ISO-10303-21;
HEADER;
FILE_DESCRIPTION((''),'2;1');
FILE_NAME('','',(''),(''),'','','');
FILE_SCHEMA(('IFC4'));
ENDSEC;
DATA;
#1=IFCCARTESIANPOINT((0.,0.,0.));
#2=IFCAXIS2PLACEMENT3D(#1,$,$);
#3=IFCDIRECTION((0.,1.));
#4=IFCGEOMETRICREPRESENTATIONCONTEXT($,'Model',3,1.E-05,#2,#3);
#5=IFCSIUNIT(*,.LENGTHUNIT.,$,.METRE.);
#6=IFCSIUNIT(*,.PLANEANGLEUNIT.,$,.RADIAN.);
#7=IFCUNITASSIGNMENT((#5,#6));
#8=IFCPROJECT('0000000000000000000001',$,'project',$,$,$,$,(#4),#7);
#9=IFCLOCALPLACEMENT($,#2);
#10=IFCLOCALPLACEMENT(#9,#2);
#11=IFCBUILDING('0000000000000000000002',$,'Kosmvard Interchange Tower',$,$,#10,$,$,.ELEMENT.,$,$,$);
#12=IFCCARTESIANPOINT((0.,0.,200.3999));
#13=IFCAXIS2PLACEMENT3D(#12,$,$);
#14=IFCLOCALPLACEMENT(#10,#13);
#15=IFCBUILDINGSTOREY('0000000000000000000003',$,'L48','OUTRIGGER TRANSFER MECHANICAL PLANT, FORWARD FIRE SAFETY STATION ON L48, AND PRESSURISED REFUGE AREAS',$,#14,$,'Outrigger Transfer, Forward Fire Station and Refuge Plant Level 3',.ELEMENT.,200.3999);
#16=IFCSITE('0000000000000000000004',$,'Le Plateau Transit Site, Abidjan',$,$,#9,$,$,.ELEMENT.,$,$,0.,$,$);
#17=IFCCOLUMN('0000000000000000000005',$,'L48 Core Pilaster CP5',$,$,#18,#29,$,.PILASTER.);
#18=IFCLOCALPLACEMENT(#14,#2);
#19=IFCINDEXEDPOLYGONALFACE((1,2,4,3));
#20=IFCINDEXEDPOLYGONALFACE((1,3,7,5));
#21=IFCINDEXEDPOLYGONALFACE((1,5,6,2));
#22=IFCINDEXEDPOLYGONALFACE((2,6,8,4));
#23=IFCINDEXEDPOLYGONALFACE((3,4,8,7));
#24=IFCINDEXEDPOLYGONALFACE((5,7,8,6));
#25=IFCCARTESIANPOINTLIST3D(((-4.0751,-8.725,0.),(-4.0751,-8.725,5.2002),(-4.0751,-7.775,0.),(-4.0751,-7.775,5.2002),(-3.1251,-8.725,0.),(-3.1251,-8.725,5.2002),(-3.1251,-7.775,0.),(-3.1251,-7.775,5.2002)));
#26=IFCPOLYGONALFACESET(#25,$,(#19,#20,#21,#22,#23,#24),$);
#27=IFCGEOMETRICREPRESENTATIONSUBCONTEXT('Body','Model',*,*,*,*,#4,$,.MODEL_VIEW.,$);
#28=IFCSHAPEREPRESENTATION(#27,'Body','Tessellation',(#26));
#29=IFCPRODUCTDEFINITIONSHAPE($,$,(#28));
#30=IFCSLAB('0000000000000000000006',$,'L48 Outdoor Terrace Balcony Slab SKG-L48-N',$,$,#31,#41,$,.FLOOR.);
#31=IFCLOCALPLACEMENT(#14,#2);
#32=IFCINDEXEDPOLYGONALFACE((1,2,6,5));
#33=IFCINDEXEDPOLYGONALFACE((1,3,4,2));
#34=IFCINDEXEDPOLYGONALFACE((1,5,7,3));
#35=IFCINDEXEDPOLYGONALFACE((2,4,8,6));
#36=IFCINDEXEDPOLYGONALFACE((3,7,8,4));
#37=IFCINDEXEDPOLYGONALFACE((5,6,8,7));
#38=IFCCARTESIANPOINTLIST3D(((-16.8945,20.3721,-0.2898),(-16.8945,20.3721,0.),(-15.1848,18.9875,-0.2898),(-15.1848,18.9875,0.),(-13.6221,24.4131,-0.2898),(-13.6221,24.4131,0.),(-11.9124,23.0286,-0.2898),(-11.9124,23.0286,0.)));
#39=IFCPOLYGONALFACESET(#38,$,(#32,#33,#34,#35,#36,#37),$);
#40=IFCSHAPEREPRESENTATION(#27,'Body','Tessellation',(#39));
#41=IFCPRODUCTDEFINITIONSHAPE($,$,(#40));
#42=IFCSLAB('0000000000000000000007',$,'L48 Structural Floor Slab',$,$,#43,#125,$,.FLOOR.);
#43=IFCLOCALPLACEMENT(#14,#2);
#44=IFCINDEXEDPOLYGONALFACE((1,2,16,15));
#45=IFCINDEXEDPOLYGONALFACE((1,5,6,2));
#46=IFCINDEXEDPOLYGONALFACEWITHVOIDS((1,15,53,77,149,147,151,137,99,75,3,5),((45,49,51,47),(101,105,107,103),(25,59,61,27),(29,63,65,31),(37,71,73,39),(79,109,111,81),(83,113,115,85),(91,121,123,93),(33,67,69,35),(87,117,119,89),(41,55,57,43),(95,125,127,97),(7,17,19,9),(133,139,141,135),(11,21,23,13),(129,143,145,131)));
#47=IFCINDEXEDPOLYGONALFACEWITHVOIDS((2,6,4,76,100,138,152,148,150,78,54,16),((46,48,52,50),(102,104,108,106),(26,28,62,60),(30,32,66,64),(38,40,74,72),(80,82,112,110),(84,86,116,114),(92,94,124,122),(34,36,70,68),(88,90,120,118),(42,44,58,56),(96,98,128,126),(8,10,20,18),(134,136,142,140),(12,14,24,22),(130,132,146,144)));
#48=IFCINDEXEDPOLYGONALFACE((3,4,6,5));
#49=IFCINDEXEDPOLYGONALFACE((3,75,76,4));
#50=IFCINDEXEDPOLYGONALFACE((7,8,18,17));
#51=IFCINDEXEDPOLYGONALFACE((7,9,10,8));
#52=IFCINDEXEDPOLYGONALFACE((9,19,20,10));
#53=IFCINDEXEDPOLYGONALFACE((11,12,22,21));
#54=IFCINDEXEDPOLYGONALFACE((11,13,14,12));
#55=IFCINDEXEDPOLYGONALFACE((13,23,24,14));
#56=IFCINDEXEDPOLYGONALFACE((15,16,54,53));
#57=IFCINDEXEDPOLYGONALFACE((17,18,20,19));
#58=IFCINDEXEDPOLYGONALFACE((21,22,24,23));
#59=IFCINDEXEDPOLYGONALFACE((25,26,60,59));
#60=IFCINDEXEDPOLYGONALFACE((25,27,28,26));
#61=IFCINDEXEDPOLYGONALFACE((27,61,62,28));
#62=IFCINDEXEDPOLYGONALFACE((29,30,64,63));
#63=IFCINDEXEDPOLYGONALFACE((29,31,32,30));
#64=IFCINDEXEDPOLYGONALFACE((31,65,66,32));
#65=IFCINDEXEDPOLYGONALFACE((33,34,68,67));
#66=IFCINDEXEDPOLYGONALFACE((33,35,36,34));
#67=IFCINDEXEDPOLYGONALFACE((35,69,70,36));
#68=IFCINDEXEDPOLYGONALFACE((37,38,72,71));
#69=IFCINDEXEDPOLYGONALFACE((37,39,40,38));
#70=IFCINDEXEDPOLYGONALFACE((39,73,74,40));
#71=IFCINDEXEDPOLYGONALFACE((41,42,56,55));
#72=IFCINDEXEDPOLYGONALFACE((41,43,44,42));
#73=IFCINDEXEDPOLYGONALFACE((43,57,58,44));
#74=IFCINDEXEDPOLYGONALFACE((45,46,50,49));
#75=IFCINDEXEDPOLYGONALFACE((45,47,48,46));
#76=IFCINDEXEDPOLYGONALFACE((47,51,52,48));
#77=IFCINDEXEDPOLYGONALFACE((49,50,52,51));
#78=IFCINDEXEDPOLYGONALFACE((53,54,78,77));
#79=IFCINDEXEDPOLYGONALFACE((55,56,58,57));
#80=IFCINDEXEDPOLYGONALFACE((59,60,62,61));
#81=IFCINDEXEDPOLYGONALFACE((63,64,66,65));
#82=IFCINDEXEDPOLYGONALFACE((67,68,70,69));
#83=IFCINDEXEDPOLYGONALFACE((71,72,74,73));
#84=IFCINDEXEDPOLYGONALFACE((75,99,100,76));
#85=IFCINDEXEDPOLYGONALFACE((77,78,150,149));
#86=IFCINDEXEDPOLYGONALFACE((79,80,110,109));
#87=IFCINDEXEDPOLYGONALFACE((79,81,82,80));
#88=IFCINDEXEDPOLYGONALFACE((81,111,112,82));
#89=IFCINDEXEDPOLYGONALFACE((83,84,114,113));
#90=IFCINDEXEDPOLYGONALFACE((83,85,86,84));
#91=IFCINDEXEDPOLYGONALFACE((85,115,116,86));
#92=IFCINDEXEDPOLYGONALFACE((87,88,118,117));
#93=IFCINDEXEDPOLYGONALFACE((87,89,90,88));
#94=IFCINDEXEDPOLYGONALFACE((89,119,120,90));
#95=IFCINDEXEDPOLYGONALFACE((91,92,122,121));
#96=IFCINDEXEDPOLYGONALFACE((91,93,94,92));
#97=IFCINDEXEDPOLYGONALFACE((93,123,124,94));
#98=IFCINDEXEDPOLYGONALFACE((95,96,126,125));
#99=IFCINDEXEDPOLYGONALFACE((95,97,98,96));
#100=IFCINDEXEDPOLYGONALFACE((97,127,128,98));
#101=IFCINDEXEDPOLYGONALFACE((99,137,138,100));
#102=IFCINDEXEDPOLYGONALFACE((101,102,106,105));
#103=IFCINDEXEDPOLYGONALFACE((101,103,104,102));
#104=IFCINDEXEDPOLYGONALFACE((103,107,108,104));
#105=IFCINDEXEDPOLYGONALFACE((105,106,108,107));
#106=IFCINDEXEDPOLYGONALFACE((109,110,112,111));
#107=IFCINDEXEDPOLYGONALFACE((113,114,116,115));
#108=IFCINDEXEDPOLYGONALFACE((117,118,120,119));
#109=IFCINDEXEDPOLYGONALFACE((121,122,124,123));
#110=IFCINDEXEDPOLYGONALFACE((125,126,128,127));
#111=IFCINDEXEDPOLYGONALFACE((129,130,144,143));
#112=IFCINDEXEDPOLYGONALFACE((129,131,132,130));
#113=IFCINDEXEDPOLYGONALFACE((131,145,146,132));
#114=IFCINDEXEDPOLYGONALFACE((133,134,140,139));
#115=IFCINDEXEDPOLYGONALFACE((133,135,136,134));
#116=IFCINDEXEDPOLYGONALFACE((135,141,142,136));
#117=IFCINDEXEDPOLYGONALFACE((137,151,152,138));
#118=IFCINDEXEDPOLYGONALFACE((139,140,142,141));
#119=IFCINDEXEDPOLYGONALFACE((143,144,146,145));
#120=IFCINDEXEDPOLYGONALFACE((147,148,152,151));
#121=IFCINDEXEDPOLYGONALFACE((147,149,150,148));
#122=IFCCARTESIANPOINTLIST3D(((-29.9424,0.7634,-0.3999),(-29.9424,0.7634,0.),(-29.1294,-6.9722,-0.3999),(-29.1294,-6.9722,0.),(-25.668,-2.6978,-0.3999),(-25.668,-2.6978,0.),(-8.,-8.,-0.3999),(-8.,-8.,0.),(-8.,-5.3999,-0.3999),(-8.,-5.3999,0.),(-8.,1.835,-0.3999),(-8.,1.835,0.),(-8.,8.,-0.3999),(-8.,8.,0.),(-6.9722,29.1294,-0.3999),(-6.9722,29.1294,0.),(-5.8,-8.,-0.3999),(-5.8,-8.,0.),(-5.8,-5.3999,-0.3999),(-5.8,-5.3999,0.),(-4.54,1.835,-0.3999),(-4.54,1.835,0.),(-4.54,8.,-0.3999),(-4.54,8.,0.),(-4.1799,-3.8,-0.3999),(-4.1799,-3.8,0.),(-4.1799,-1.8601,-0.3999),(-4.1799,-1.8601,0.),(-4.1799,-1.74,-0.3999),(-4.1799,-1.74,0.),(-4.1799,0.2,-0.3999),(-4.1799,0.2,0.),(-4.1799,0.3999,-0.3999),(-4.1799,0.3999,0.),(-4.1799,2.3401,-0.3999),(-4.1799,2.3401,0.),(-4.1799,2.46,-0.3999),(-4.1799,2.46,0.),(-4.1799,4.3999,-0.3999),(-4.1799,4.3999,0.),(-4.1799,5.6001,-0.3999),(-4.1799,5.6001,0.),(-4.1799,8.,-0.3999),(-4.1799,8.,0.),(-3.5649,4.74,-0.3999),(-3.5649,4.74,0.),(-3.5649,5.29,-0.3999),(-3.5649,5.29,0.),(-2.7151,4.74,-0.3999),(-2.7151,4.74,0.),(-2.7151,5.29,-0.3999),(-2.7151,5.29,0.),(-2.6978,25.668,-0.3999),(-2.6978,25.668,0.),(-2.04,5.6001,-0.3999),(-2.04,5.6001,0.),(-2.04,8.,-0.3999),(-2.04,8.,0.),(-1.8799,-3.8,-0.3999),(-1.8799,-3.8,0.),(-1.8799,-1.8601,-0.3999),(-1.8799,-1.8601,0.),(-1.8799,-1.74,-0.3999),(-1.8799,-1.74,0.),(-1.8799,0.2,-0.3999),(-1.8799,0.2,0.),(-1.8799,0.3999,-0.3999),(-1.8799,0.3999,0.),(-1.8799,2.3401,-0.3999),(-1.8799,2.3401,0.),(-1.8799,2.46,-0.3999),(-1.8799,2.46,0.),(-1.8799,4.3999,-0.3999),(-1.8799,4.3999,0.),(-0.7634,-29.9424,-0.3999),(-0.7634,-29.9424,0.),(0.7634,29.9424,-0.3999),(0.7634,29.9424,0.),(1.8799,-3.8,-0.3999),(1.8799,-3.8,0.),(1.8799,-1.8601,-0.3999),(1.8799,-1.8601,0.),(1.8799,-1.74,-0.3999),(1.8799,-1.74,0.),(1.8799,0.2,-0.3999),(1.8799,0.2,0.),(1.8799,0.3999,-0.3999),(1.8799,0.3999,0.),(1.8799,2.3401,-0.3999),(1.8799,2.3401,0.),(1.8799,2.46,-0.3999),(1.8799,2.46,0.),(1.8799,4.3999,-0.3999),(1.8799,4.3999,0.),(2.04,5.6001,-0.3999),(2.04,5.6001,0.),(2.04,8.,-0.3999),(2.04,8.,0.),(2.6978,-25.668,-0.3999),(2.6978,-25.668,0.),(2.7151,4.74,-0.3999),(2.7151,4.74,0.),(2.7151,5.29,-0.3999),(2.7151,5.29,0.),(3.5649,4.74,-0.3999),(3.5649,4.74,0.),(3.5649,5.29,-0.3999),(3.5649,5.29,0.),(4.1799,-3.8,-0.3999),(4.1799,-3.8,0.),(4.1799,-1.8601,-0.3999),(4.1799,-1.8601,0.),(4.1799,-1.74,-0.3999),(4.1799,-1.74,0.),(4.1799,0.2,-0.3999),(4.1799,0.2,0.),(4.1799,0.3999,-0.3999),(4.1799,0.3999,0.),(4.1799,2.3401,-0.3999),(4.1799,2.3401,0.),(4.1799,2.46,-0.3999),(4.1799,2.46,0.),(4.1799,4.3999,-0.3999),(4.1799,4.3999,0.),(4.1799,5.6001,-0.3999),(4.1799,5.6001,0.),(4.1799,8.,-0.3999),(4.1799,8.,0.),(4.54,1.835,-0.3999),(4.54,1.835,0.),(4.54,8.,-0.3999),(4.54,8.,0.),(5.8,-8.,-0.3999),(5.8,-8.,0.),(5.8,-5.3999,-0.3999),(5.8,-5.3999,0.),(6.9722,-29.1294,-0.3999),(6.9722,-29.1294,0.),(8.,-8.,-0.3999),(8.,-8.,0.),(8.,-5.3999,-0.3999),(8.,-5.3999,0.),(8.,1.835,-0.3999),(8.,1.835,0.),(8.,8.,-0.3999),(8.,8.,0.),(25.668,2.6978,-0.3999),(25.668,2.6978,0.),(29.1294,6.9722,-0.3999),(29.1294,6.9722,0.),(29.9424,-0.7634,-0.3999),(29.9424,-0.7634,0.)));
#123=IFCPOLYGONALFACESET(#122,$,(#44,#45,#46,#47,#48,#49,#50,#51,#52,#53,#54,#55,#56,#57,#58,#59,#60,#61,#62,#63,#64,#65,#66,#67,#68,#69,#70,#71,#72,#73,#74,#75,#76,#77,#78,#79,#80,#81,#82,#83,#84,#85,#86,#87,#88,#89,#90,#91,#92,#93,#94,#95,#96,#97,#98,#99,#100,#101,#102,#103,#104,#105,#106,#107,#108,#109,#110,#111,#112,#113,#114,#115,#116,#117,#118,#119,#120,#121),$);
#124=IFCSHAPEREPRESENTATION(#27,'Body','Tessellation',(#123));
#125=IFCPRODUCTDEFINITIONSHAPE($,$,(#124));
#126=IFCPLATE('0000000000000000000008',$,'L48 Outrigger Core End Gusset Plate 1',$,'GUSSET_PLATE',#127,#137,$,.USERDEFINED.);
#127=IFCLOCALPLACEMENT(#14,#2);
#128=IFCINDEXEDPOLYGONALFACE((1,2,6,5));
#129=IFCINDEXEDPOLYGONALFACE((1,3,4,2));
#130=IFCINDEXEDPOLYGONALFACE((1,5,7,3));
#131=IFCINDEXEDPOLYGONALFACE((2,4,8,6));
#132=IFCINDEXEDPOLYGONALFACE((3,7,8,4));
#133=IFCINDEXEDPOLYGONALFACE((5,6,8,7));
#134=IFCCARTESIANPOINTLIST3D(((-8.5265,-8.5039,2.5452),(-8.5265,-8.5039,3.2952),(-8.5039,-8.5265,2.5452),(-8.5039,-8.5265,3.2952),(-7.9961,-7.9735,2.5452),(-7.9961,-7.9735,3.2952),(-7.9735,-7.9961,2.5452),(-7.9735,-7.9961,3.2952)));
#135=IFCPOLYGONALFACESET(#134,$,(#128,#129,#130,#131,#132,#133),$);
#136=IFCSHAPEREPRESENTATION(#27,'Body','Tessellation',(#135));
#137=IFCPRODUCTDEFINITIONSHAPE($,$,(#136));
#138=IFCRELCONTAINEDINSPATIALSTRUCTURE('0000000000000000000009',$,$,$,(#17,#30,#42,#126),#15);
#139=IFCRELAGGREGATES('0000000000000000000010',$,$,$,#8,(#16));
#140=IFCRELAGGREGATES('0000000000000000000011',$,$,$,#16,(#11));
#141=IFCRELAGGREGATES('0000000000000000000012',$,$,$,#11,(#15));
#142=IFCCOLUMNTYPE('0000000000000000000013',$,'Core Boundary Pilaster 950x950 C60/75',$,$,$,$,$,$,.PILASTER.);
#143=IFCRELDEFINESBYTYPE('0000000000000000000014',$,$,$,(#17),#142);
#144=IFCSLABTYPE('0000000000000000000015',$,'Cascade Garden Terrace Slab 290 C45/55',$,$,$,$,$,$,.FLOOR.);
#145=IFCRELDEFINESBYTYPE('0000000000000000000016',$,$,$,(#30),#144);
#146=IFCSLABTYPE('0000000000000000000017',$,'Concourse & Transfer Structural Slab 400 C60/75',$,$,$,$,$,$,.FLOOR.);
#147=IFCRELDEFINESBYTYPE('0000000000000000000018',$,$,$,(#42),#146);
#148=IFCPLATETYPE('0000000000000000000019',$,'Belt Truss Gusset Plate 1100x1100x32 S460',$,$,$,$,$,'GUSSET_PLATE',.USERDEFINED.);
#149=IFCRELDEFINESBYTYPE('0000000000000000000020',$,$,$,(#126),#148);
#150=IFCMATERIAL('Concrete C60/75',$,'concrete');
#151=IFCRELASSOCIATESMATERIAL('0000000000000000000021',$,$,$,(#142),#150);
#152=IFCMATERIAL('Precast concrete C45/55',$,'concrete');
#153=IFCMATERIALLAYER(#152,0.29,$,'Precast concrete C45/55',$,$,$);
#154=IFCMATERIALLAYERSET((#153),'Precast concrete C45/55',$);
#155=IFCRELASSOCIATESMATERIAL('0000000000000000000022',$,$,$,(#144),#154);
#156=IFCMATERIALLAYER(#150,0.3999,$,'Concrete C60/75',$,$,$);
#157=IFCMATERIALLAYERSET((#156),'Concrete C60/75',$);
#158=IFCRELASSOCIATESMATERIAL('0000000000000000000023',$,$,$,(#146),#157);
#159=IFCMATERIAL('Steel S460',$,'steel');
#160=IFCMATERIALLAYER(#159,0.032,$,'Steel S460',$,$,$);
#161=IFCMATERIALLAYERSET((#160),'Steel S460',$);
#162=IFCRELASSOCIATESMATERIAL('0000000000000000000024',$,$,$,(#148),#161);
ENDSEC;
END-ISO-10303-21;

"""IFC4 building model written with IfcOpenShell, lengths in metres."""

from ifc_helpers import new_model, si_unit, direction, frame, origin, origin_2d, place, context, subcontext, project, spatial, polyline, rectangle, outline, extrude, source, transform, mapped, material, layer, layer_set, material_profile, profile_set, type_object, element, save


model = new_model("IFC4")

# Units and contexts
model_context = context("Model", 3, precision=1e-05, world=origin(), true_north=direction((0.0, 1.0)))
body_context = subcontext(model_context, "Body", "Model", "MODEL_VIEW")
ifc_project = project(units=[si_unit("LENGTHUNIT", "METRE"), si_unit("PLANEANGLEUNIT", "RADIAN")], contexts=[model_context])

# Site, building, storey
site_placement = place(None, origin())
site = spatial("IfcSite", under=ifc_project, at=site_placement, Name="Le Plateau Transit Site, Abidjan", CompositionType="ELEMENT", RefElevation=0.0)
building_placement = place(site_placement, origin())
building = spatial("IfcBuilding", under=site, at=building_placement, Name="Kosmvard Interchange Tower", CompositionType="ELEMENT")
storey_placement = place(building_placement, frame((0.0, 0.0, 200.3999)))
storey = spatial("IfcBuildingStorey", under=building, at=storey_placement, Name="L48", Description="OUTRIGGER TRANSFER MECHANICAL PLANT, FORWARD FIRE SAFETY STATION ON L48, AND PRESSURISED REFUGE AREAS", LongName="Outrigger Transfer, Forward Fire Station and Refuge Plant Level 3", CompositionType="ELEMENT", Elevation=200.3999)

# Column
ifc_material_1 = material(Name="Concrete C60/75", Category="concrete")
ifc_material_profile = material_profile(ifc_material_1, rectangle(XDim=0.95, YDim=0.95, at=origin_2d()), Name="CP 950x950")
ifc_profile_set = profile_set([ifc_material_profile], Name="Concrete C60/75")
column_type = type_object("IfcColumnType", Name="Core Boundary Pilaster 950x950 C60/75", PredefinedType="PILASTER", material=ifc_profile_set)
shared_shape_1 = source(origin(), body_context, "Body", "SweptSolid", [
    extrude(rectangle(XDim=0.95, YDim=0.95, at=origin_2d()), origin(), (0.0, 0.0, 1.0), 5.2002),
])
column_placement = place(storey_placement, frame((-3.6001, -8.25, 0.0), z_axis=(0.0, 0.0, 1.0), x_axis=(1.0, 0.0, 0.0)))
element("IfcColumn", 1, at=column_placement, inside=storey, type_object=column_type, Name="L48 Core Pilaster CP5", PredefinedType="PILASTER", context=body_context, shape_type="MappedRepresentation", body=[
    mapped(shared_shape_1, transform((0.0, 0.0, 0.0), scale=1.0)),
])

# Slabs
ifc_material_2 = material(Name="Precast concrete C45/55", Category="concrete")
ifc_layer_1 = layer(ifc_material_2, 0.29, Name="Precast concrete C45/55")
ifc_layer_set_1 = layer_set([ifc_layer_1], Name="Precast concrete C45/55")
slab_type_1 = type_object("IfcSlabType", Name="Cascade Garden Terrace Slab 290 C45/55", PredefinedType="FLOOR", material=ifc_layer_set_1)
slab_1_placement = place(storey_placement, frame((0.0, 0.0, -0.2898)))
element("IfcSlab", 2, at=slab_1_placement, inside=storey, type_object=slab_type_1, Name="L48 Outdoor Terrace Balcony Slab SKG-L48-N", PredefinedType="FLOOR", context=body_context, shape_type="SweptSolid", body=[
    extrude(outline(polyline([(-15.1848, 18.9875), (-11.9124, 23.0286), (-13.6221, 24.4131), (-16.8945, 20.3721), (-15.1848, 18.9875)])), origin(), (0.0, 0.0, 1.0), 0.2898),
])
ifc_layer_2 = layer(ifc_material_1, 0.3999, Name="Concrete C60/75")
ifc_layer_set_2 = layer_set([ifc_layer_2], Name="Concrete C60/75")
slab_type_2 = type_object("IfcSlabType", Name="Concourse & Transfer Structural Slab 400 C60/75", PredefinedType="FLOOR", material=ifc_layer_set_2)
slab_2_placement = place(storey_placement, frame((0.0, 0.0, -0.3999)))
element("IfcSlab", 3, at=slab_2_placement, inside=storey, type_object=slab_type_2, Name="L48 Structural Floor Slab", PredefinedType="FLOOR", context=body_context, shape_type="SweptSolid", body=[
    extrude(outline(polyline([(6.9722, -29.1294), (29.9424, -0.7634), (25.668, 2.6978), (29.1294, 6.9722), (0.7634, 29.9424), (-2.6978, 25.668), (-6.9722, 29.1294), (-29.9424, 0.7634), (-25.668, -2.6978), (-29.1294, -6.9722), (-0.7634, -29.9424), (2.6978, -25.668), (6.9722, -29.1294)]), holes=[polyline([(-8.0, 1.835), (-4.54, 1.835), (-4.54, 8.0), (-8.0, 8.0), (-8.0, 1.835)]), polyline([(4.54, 1.835), (8.0, 1.835), (8.0, 8.0), (4.54, 8.0), (4.54, 1.835)]), polyline([(-8.0, -8.0), (-5.8, -8.0), (-5.8, -5.3999), (-8.0, -5.3999), (-8.0, -8.0)]), polyline([(5.8, -8.0), (8.0, -8.0), (8.0, -5.3999), (5.8, -5.3999), (5.8, -8.0)]), polyline([(-4.1799, -3.8), (-1.8799, -3.8), (-1.8799, -1.8601), (-4.1799, -1.8601), (-4.1799, -3.8)]), polyline([(-4.1799, -1.74), (-1.8799, -1.74), (-1.8799, 0.2), (-4.1799, 0.2), (-4.1799, -1.74)]), polyline([(1.8799, -3.8), (4.1799, -3.8), (4.1799, -1.8601), (1.8799, -1.8601), (1.8799, -3.8)]), polyline([(1.8799, -1.74), (4.1799, -1.74), (4.1799, 0.2), (1.8799, 0.2), (1.8799, -1.74)]), polyline([(-4.1799, 0.3999), (-1.8799, 0.3999), (-1.8799, 2.3401), (-4.1799, 2.3401), (-4.1799, 0.3999)]), polyline([(-4.1799, 2.46), (-1.8799, 2.46), (-1.8799, 4.3999), (-4.1799, 4.3999), (-4.1799, 2.46)]), polyline([(1.8799, 0.3999), (4.1799, 0.3999), (4.1799, 2.3401), (1.8799, 2.3401), (1.8799, 0.3999)]), polyline([(1.8799, 2.46), (4.1799, 2.46), (4.1799, 4.3999), (1.8799, 4.3999), (1.8799, 2.46)]), polyline([(-4.1799, 5.6001), (-2.04, 5.6001), (-2.04, 8.0), (-4.1799, 8.0), (-4.1799, 5.6001)]), polyline([(2.04, 5.6001), (4.1799, 5.6001), (4.1799, 8.0), (2.04, 8.0), (2.04, 5.6001)]), polyline([(-3.5649, 4.74), (-2.7151, 4.74), (-2.7151, 5.29), (-3.5649, 5.29), (-3.5649, 4.74)]), polyline([(2.7151, 4.74), (3.5649, 4.74), (3.5649, 5.29), (2.7151, 5.29), (2.7151, 4.74)])]), origin(), (0.0, 0.0, 1.0), 0.3999),
])

# Plate
ifc_material_3 = material(Name="Steel S460", Category="steel")
ifc_layer_3 = layer(ifc_material_3, 0.032, Name="Steel S460")
ifc_layer_set_3 = layer_set([ifc_layer_3], Name="Steel S460")
plate_type = type_object("IfcPlateType", Name="Belt Truss Gusset Plate 1100x1100x32 S460", ElementType="GUSSET_PLATE", PredefinedType="USERDEFINED", material=ifc_layer_set_3)
shared_shape_2 = source(origin(), body_context, "Body", "SweptSolid", [
    extrude(rectangle(XDim=0.75, YDim=0.032, at=origin_2d()), origin(), (0.0, 0.0, 1.0), 0.75),
])
plate_placement = place(storey_placement, frame((-8.25, -8.25, 2.5452), z_axis=(0.0, 0.0, 1.0), x_axis=(0.707107, 0.707107, 0.0)))
element("IfcPlate", 4, at=plate_placement, inside=storey, type_object=plate_type, Name="L48 Outrigger Core End Gusset Plate 1", ObjectType="GUSSET_PLATE", PredefinedType="USERDEFINED", context=body_context, shape_type="MappedRepresentation", body=[
    mapped(shared_shape_2, transform((0.0, 0.0, 0.0), scale=1.0)),
])

save(model, "model.ifc")
